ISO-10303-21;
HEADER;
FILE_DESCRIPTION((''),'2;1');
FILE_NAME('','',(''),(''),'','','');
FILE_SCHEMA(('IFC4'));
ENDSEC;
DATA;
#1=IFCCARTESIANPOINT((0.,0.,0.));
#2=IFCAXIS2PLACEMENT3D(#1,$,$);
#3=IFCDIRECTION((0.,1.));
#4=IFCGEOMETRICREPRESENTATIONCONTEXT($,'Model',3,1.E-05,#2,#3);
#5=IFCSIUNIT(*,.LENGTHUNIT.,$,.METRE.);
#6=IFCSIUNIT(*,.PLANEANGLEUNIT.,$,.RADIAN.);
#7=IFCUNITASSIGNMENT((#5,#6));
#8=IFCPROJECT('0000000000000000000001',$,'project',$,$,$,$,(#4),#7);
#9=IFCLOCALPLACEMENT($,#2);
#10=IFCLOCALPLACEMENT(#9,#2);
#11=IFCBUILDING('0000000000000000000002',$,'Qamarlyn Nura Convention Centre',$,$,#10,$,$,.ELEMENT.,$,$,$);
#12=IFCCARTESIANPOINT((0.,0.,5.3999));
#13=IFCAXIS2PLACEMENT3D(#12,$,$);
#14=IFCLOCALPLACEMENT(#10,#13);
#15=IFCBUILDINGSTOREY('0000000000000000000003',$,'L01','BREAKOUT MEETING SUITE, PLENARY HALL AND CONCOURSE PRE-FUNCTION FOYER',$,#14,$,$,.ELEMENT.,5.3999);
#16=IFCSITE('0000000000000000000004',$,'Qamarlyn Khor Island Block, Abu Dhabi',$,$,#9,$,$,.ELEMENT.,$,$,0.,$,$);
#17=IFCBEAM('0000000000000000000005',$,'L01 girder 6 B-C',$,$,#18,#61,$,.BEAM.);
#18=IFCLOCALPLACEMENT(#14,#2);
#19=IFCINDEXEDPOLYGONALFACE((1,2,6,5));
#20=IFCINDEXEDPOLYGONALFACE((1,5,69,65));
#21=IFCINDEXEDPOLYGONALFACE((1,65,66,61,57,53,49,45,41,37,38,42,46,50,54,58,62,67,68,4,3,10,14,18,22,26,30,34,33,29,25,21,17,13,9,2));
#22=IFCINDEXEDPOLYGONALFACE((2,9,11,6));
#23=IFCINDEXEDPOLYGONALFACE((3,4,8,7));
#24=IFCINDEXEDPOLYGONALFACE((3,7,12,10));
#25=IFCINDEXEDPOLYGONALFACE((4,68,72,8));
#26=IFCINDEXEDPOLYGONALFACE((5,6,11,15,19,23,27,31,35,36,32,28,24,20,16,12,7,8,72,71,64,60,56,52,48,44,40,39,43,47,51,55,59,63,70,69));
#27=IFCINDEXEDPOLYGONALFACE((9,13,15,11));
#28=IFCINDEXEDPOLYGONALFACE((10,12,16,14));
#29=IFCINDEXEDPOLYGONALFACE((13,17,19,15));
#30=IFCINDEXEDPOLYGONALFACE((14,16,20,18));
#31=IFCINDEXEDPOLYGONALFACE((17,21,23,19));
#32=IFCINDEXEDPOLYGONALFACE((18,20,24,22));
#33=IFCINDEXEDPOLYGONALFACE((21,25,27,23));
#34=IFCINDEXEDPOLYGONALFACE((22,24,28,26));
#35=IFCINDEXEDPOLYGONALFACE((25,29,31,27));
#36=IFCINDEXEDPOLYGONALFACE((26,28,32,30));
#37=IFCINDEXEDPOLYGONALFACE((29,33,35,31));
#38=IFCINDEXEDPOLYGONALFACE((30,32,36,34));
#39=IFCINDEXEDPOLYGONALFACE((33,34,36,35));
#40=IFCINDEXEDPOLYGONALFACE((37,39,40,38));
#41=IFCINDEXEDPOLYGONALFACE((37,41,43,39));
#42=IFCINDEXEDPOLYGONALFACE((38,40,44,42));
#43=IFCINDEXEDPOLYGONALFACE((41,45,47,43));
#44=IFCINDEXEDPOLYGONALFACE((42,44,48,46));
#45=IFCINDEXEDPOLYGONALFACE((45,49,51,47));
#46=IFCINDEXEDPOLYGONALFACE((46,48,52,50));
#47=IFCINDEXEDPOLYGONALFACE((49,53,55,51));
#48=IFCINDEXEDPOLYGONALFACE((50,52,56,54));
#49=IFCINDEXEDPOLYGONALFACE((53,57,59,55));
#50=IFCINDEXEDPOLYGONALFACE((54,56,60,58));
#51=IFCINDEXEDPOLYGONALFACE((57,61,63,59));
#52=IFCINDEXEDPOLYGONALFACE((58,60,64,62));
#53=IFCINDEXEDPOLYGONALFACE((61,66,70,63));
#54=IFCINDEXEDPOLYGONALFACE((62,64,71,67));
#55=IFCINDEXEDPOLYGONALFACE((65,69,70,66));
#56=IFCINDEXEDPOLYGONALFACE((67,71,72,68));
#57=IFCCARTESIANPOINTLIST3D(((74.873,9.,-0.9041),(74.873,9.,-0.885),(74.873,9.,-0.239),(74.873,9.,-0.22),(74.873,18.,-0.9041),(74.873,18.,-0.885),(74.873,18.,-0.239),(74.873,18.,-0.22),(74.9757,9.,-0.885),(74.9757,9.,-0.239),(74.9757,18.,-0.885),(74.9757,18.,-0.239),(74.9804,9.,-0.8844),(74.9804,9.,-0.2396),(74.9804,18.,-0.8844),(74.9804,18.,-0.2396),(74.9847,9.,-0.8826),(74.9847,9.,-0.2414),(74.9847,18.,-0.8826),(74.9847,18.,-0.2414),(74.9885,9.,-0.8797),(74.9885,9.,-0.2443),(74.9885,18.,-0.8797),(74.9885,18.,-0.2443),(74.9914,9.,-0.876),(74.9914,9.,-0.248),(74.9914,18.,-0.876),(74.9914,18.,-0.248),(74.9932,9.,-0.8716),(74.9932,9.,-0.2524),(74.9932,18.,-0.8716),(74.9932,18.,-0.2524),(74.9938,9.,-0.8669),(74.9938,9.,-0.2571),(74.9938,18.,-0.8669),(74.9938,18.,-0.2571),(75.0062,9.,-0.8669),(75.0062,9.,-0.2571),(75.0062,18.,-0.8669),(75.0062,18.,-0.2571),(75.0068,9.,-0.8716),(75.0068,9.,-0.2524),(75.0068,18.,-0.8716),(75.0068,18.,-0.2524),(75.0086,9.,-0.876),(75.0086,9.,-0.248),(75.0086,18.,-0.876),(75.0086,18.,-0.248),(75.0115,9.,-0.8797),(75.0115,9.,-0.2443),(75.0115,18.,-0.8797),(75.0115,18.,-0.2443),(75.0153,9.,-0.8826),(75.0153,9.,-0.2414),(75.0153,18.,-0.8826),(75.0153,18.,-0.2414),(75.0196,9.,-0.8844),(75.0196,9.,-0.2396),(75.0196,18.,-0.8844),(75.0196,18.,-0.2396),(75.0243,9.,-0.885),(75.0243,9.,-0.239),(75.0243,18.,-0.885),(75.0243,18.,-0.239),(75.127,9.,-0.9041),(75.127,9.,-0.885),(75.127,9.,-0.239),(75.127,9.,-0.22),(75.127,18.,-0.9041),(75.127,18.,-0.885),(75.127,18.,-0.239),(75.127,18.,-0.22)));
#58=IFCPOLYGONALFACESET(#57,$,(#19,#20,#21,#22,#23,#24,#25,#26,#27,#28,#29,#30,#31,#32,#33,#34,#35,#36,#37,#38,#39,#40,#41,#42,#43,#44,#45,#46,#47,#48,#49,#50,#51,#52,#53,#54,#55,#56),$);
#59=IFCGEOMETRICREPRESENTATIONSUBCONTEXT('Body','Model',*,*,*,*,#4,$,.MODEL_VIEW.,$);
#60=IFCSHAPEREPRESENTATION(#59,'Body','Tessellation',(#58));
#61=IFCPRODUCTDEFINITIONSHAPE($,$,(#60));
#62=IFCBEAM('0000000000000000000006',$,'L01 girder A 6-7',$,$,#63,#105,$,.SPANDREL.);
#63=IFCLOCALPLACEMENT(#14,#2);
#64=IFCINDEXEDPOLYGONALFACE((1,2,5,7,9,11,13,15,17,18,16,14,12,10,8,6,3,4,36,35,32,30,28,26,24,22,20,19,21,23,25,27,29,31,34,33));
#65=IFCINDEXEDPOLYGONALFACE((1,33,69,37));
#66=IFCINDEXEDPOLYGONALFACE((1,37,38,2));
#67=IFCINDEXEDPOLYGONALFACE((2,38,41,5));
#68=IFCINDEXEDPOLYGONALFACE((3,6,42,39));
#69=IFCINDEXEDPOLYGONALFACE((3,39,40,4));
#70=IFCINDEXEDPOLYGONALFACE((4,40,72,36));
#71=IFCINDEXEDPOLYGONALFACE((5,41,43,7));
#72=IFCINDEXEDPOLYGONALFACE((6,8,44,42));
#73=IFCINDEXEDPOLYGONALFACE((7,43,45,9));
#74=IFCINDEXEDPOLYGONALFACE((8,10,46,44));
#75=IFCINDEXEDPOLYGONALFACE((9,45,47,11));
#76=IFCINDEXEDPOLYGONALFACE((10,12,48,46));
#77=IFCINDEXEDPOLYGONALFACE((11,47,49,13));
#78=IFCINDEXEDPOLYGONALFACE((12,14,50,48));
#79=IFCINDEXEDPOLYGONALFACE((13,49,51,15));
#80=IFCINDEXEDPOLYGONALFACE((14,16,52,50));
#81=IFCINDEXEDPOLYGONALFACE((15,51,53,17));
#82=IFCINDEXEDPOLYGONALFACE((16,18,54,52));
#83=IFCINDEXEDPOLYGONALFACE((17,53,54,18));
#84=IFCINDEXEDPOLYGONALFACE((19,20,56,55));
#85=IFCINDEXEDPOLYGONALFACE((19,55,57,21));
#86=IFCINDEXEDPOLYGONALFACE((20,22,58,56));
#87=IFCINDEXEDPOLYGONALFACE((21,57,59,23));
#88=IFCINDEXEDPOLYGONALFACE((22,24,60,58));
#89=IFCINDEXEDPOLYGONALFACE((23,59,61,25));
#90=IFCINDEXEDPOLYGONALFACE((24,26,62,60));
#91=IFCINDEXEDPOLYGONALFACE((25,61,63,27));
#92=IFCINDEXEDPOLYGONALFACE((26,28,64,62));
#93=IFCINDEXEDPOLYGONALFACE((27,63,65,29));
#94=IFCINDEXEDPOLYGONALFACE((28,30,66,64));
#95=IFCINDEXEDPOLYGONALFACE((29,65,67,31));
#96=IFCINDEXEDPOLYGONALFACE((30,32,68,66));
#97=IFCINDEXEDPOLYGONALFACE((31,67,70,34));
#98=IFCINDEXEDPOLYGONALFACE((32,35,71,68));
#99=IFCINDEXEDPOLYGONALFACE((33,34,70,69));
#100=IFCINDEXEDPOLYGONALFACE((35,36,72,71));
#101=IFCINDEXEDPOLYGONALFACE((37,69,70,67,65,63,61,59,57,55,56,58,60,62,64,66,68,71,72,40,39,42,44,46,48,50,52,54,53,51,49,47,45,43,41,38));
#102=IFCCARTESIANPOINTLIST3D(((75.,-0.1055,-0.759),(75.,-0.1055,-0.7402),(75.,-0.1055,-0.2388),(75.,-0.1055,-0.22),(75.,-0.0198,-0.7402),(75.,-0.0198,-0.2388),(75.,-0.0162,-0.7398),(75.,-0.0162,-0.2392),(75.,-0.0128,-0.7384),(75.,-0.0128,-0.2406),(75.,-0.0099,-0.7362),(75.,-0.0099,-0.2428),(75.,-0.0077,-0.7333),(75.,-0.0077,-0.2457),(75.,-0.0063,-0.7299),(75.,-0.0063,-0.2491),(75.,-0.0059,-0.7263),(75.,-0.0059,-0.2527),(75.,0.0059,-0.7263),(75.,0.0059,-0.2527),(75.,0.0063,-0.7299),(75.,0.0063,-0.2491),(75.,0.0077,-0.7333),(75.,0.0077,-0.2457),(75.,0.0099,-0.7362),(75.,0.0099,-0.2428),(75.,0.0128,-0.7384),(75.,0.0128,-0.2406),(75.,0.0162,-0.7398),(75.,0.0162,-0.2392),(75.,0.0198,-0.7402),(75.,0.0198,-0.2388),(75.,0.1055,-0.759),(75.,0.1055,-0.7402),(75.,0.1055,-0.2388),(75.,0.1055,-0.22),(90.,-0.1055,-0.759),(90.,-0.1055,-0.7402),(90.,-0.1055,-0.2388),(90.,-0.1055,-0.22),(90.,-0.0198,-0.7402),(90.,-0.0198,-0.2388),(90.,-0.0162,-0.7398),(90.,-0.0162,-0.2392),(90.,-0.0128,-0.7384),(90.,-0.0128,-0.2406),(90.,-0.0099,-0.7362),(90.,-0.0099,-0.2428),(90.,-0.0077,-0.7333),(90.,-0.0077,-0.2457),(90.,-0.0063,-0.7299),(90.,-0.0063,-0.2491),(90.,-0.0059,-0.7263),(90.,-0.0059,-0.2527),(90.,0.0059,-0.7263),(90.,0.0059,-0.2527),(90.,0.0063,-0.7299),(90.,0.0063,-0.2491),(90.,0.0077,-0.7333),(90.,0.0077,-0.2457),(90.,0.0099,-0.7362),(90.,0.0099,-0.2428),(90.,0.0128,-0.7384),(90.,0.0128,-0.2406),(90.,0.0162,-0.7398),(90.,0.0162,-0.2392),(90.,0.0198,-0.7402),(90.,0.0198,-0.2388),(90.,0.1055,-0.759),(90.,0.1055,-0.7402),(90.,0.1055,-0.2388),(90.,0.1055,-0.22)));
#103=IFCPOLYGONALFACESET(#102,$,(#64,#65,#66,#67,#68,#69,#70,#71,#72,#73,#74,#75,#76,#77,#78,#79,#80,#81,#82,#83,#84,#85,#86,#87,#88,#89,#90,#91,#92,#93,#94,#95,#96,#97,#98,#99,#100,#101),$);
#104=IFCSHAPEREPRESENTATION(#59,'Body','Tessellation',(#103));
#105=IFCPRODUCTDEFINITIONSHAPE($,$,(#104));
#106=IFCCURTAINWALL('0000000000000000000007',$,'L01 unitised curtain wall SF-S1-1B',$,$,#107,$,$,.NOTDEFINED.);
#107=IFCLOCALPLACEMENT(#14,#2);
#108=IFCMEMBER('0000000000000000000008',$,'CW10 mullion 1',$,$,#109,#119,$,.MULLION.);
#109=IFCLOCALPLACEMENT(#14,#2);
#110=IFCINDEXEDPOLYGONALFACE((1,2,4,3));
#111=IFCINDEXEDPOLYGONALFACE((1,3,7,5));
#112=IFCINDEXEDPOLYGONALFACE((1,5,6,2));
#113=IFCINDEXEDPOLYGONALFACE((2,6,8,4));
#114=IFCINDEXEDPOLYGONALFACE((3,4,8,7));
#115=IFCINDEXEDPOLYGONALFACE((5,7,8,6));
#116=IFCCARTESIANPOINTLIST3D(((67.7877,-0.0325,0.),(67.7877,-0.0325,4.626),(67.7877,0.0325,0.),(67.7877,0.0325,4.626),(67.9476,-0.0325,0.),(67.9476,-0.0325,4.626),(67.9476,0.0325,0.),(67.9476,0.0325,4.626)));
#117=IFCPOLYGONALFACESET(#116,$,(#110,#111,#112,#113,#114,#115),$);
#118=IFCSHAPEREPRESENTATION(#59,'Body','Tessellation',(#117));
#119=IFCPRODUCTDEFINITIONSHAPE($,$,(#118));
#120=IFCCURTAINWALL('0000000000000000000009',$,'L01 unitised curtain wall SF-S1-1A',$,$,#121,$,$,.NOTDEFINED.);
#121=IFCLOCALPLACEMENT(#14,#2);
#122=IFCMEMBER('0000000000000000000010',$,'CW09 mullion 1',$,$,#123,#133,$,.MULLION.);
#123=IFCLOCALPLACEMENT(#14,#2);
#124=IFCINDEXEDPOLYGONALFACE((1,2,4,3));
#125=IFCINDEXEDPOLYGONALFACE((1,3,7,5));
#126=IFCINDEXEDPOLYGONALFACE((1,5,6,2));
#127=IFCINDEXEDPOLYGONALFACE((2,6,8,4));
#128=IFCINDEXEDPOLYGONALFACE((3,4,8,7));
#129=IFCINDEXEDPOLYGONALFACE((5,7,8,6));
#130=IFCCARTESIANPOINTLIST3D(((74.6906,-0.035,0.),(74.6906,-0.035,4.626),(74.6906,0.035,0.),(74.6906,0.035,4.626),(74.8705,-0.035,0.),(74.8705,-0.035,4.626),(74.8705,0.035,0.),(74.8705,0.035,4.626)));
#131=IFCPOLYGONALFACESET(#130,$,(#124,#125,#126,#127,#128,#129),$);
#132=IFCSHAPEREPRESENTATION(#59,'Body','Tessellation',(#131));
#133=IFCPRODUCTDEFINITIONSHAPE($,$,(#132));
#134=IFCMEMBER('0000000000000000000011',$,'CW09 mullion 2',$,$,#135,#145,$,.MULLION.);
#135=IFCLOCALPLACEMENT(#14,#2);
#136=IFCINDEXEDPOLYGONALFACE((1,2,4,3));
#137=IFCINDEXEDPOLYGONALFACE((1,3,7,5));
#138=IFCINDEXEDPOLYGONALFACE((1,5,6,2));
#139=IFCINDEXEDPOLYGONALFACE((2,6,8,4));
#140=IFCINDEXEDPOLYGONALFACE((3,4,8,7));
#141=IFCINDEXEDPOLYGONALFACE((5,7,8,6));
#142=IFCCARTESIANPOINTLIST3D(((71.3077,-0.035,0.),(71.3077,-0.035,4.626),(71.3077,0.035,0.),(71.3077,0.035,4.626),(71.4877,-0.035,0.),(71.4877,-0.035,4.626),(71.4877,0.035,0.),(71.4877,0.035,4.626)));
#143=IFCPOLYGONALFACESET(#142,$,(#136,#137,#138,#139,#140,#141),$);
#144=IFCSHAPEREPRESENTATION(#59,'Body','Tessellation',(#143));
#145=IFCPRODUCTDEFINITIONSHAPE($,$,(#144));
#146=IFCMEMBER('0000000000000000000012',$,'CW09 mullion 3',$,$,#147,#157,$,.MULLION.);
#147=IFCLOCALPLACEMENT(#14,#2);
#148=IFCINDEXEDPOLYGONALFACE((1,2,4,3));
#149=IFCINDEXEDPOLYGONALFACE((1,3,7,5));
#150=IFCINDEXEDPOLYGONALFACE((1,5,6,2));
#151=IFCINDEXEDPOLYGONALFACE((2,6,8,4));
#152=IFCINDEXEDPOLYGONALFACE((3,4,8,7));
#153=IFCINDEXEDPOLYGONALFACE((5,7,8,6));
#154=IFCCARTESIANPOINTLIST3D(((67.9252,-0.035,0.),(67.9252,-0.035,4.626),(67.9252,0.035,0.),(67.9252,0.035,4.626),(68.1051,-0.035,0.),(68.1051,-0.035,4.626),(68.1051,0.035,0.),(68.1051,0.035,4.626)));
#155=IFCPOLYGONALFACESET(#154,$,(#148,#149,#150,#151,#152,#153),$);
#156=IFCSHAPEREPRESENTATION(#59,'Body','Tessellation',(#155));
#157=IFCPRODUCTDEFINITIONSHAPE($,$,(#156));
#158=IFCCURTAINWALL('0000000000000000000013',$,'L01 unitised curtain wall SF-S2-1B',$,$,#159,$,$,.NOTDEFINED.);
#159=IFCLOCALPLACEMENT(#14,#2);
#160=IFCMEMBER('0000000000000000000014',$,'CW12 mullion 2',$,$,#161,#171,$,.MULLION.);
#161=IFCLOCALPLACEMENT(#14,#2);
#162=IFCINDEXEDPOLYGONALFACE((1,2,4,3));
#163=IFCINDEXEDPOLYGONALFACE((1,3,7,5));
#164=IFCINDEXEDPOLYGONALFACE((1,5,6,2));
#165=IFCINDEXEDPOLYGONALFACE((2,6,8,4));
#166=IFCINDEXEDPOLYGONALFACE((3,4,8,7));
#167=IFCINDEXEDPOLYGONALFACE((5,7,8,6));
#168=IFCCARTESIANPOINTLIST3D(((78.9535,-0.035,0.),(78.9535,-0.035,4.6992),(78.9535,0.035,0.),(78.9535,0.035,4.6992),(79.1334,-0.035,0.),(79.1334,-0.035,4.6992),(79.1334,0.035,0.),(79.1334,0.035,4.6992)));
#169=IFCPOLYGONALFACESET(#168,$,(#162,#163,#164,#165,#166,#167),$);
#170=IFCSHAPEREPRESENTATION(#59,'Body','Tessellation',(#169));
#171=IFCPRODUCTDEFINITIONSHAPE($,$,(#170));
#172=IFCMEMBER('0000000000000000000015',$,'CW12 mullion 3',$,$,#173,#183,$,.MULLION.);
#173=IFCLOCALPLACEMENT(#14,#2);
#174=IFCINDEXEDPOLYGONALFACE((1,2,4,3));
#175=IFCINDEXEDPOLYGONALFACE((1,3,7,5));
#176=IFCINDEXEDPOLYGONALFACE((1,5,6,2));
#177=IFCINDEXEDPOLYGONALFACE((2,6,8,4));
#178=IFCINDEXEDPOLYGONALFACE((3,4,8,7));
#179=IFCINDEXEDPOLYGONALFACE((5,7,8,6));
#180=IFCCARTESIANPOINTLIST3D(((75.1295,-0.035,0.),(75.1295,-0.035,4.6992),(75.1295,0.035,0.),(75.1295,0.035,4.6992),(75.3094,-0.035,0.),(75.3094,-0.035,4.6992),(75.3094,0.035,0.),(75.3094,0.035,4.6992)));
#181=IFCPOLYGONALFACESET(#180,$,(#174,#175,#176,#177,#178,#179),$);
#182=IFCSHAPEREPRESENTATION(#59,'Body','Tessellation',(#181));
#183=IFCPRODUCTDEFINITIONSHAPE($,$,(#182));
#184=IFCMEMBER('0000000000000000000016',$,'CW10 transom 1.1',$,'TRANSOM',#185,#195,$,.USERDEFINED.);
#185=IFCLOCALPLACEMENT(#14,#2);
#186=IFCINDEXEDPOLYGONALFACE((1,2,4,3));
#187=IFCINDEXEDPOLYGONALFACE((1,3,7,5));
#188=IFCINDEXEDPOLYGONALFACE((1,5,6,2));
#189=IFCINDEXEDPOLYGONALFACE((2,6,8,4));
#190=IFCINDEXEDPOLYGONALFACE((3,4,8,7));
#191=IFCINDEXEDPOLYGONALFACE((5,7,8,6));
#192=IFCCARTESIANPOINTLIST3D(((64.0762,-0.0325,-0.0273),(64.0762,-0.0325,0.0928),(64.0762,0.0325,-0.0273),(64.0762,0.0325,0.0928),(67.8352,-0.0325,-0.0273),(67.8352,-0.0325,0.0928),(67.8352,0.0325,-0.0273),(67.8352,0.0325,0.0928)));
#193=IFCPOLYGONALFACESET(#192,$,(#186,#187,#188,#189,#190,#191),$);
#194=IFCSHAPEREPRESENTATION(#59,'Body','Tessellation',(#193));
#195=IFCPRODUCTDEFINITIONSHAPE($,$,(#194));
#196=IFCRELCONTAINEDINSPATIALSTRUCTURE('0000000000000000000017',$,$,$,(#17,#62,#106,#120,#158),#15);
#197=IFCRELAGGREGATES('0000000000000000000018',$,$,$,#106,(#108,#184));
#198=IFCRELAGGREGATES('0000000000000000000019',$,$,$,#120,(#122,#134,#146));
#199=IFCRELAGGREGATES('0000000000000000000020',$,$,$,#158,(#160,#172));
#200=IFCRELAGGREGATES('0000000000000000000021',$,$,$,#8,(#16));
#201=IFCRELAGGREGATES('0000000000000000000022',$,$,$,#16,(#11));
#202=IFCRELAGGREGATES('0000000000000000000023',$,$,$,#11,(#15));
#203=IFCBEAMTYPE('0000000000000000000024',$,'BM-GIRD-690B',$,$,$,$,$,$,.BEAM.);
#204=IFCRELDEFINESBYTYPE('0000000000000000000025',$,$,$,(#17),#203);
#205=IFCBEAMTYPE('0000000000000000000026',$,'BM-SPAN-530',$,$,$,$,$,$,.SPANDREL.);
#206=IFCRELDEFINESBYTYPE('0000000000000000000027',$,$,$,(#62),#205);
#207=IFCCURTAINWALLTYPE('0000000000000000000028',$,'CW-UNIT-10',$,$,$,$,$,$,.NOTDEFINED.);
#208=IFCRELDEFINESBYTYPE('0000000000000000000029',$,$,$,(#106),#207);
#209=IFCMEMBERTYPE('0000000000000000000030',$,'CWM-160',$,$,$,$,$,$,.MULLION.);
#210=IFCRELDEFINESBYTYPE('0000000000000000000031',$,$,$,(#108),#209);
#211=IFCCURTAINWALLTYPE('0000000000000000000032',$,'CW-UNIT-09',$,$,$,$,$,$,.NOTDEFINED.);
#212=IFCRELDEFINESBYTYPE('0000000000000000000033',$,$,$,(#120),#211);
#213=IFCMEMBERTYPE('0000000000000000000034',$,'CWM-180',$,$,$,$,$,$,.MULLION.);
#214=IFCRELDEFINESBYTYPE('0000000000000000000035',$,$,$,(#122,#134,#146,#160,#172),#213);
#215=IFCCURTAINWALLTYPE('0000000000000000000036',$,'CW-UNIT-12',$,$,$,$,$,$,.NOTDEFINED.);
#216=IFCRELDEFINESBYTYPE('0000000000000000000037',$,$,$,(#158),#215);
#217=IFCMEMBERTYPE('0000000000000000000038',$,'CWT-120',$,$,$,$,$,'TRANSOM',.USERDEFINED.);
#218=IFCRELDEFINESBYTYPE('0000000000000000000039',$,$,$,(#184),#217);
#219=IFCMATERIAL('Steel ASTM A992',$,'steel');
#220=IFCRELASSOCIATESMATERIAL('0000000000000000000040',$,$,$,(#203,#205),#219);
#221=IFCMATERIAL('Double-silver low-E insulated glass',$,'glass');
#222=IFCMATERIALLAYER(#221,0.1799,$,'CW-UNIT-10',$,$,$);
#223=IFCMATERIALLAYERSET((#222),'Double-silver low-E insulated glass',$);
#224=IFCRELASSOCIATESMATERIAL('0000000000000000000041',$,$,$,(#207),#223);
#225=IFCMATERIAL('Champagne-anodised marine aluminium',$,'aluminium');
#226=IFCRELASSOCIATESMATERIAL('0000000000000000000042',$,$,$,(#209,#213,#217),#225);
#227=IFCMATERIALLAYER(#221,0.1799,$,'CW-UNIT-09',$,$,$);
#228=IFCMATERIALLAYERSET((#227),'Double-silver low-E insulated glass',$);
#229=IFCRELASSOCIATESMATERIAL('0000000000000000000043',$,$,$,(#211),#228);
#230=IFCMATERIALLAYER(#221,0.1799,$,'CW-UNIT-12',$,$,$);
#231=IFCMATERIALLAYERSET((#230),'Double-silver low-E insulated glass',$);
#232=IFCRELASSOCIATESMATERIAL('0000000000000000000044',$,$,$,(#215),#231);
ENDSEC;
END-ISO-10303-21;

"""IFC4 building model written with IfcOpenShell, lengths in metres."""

from ifc_helpers import new_model, si_unit, direction, frame, origin, origin_2d, place, context, subcontext, project, spatial, rectangle, i_section, extrude, material, layer, layer_set, material_profile, profile_set, type_object, element, aggregate, save


model = new_model("IFC4")

# Units and contexts
model_context = context("Model", 3, precision=1e-05, world=origin(), true_north=direction((0.0, 1.0)))
body_context = subcontext(model_context, "Body", "Model", "MODEL_VIEW")
ifc_project = project(units=[si_unit("LENGTHUNIT", "METRE"), si_unit("PLANEANGLEUNIT", "RADIAN")], contexts=[model_context])

# Site, building, storey
site_placement = place(None, origin())
site = spatial("IfcSite", under=ifc_project, at=site_placement, Name="Qamarlyn Khor Island Block, Abu Dhabi", CompositionType="ELEMENT", RefElevation=0.0)
building_placement = place(site_placement, origin())
building = spatial("IfcBuilding", under=site, at=building_placement, Name="Qamarlyn Nura Convention Centre", CompositionType="ELEMENT")
storey_placement = place(building_placement, frame((0.0, 0.0, 5.3999)))
storey = spatial("IfcBuildingStorey", under=building, at=storey_placement, Name="L01", Description="BREAKOUT MEETING SUITE, PLENARY HALL AND CONCOURSE PRE-FUNCTION FOYER", CompositionType="ELEMENT", Elevation=5.3999)

# Shared definitions
ifc_material_1 = material(Name="Steel ASTM A992", Category="steel")

# Beams
ifc_material_profile_1 = material_profile(ifc_material_1, i_section(OverallWidth=0.2539, OverallDepth=0.6841, WebThickness=0.0125, FlangeThickness=0.019, FilletRadius=0.0181, at=origin_2d()), Name="W690X140")
ifc_profile_set_1 = profile_set([ifc_material_profile_1], Name="Steel ASTM A992")
beam_type_1 = type_object("IfcBeamType", Name="BM-GIRD-690B", PredefinedType="BEAM", material=ifc_profile_set_1)
beam_1_placement = place(storey_placement, frame((75.0, 9.0, -0.562), z_axis=(0.0, 1.0, 0.0), x_axis=(-1.0, 0.0, 0.0)))
element("IfcBeam", 1, at=beam_1_placement, inside=storey, type_object=beam_type_1, Name="L01 girder 6 B-C", PredefinedType="BEAM", context=body_context, shape_type="SweptSolid", body=[
    extrude(i_section(OverallWidth=0.2539, OverallDepth=0.6841, WebThickness=0.0125, FlangeThickness=0.019, FilletRadius=0.0181, at=origin_2d()), origin(), (0.0, 0.0, 1.0), 9.0),
])
ifc_material_profile_2 = material_profile(ifc_material_1, i_section(OverallWidth=0.2109, OverallDepth=0.5391, WebThickness=0.0117, FlangeThickness=0.0188, FilletRadius=0.0139, at=origin_2d()), Name="W530X109")
ifc_profile_set_2 = profile_set([ifc_material_profile_2], Name="Steel ASTM A992")
beam_type_2 = type_object("IfcBeamType", Name="BM-SPAN-530", PredefinedType="SPANDREL", material=ifc_profile_set_2)
beam_2_placement = place(storey_placement, frame((75.0, 0.0, -0.4895), z_axis=(1.0, 0.0, 0.0), x_axis=(0.0, 1.0, 0.0)))
element("IfcBeam", 2, at=beam_2_placement, inside=storey, type_object=beam_type_2, Name="L01 girder A 6-7", PredefinedType="SPANDREL", context=body_context, shape_type="SweptSolid", body=[
    extrude(i_section(OverallWidth=0.2109, OverallDepth=0.5391, WebThickness=0.0117, FlangeThickness=0.0188, FilletRadius=0.0139, at=origin_2d()), origin(), (0.0, 0.0, 1.0), 15.0),
])

# Curtain wall, member
ifc_material_2 = material(Name="Double-silver low-E insulated glass", Category="glass")
ifc_layer_1 = layer(ifc_material_2, 0.1799, Name="CW-UNIT-10")
ifc_layer_set_1 = layer_set([ifc_layer_1], Name="Double-silver low-E insulated glass")
curtain_wall_type_1 = type_object("IfcCurtainWallType", Name="CW-UNIT-10", PredefinedType="NOTDEFINED", material=ifc_layer_set_1)
curtain_wall_1_placement = place(storey_placement, origin())
curtain_wall_1 = element("IfcCurtainWall", 3, at=curtain_wall_1_placement, inside=storey, type_object=curtain_wall_type_1, Name="L01 unitised curtain wall SF-S1-1B", PredefinedType="NOTDEFINED")
ifc_material_3 = material(Name="Champagne-anodised marine aluminium", Category="aluminium")
ifc_material_profile_3 = material_profile(ifc_material_3, rectangle(XDim=0.0649, YDim=0.1599, at=origin_2d()), Name="ALU MULLION 65x160")
ifc_profile_set_3 = profile_set([ifc_material_profile_3], Name="Champagne-anodised marine aluminium")
member_type_1 = type_object("IfcMemberType", Name="CWM-160", PredefinedType="MULLION", material=ifc_profile_set_3)
member_1_placement = place(storey_placement, frame((67.8677, 0.0, 0.0), z_axis=(0.0, 0.0, 1.0), x_axis=(0.0, -1.0, 0.0)))
member_1 = element("IfcMember", 4, at=member_1_placement, type_object=member_type_1, Name="CW10 mullion 1", PredefinedType="MULLION", context=body_context, shape_type="SweptSolid", body=[
    extrude(rectangle(XDim=0.0649, YDim=0.1599, at=origin_2d()), origin(), (0.0, 0.0, 1.0), 4.626),
])

# Curtain walls, members
ifc_layer_2 = layer(ifc_material_2, 0.1799, Name="CW-UNIT-09")
ifc_layer_set_2 = layer_set([ifc_layer_2], Name="Double-silver low-E insulated glass")
curtain_wall_type_2 = type_object("IfcCurtainWallType", Name="CW-UNIT-09", PredefinedType="NOTDEFINED", material=ifc_layer_set_2)
curtain_wall_2_placement = place(storey_placement, origin())
curtain_wall_2 = element("IfcCurtainWall", 5, at=curtain_wall_2_placement, inside=storey, type_object=curtain_wall_type_2, Name="L01 unitised curtain wall SF-S1-1A", PredefinedType="NOTDEFINED")
ifc_material_profile_4 = material_profile(ifc_material_3, rectangle(XDim=0.0701, YDim=0.1799, at=origin_2d()), Name="ALU MULLION 70x180")
ifc_profile_set_4 = profile_set([ifc_material_profile_4], Name="Champagne-anodised marine aluminium")
member_type_2 = type_object("IfcMemberType", Name="CWM-180", PredefinedType="MULLION", material=ifc_profile_set_4)
member_2_placement = place(storey_placement, frame((74.7805, 0.0, 0.0), z_axis=(0.0, 0.0, 1.0), x_axis=(0.0, -1.0, 0.0)))
member_2 = element("IfcMember", 6, at=member_2_placement, type_object=member_type_2, Name="CW09 mullion 1", PredefinedType="MULLION", context=body_context, shape_type="SweptSolid", body=[
    extrude(rectangle(XDim=0.0701, YDim=0.1799, at=origin_2d()), origin(), (0.0, 0.0, 1.0), 4.626),
])
member_3_placement = place(storey_placement, frame((71.3977, 0.0, 0.0), z_axis=(0.0, 0.0, 1.0), x_axis=(0.0, -1.0, 0.0)))
member_3 = element("IfcMember", 7, at=member_3_placement, type_object=member_type_2, Name="CW09 mullion 2", PredefinedType="MULLION", context=body_context, shape_type="SweptSolid", body=[
    extrude(rectangle(XDim=0.0701, YDim=0.1799, at=origin_2d()), origin(), (0.0, 0.0, 1.0), 4.626),
])
member_4_placement = place(storey_placement, frame((68.0151, 0.0, 0.0), z_axis=(0.0, 0.0, 1.0), x_axis=(0.0, -1.0, 0.0)))
member_4 = element("IfcMember", 8, at=member_4_placement, type_object=member_type_2, Name="CW09 mullion 3", PredefinedType="MULLION", context=body_context, shape_type="SweptSolid", body=[
    extrude(rectangle(XDim=0.0701, YDim=0.1799, at=origin_2d()), origin(), (0.0, 0.0, 1.0), 4.626),
])
ifc_layer_3 = layer(ifc_material_2, 0.1799, Name="CW-UNIT-12")
ifc_layer_set_3 = layer_set([ifc_layer_3], Name="Double-silver low-E insulated glass")
curtain_wall_type_3 = type_object("IfcCurtainWallType", Name="CW-UNIT-12", PredefinedType="NOTDEFINED", material=ifc_layer_set_3)
curtain_wall_3_placement = place(storey_placement, origin())
curtain_wall_3 = element("IfcCurtainWall", 9, at=curtain_wall_3_placement, inside=storey, type_object=curtain_wall_type_3, Name="L01 unitised curtain wall SF-S2-1B", PredefinedType="NOTDEFINED")
member_5_placement = place(storey_placement, frame((79.0435, 0.0, 0.0), z_axis=(0.0, 0.0, 1.0), x_axis=(0.0, -1.0, 0.0)))
member_5 = element("IfcMember", 10, at=member_5_placement, type_object=member_type_2, Name="CW12 mullion 2", PredefinedType="MULLION", context=body_context, shape_type="SweptSolid", body=[
    extrude(rectangle(XDim=0.0701, YDim=0.1799, at=origin_2d()), origin(), (0.0, 0.0, 1.0), 4.6992),
])
member_6_placement = place(storey_placement, frame((75.2195, 0.0, 0.0), z_axis=(0.0, 0.0, 1.0), x_axis=(0.0, -1.0, 0.0)))
member_6 = element("IfcMember", 11, at=member_6_placement, type_object=member_type_2, Name="CW12 mullion 3", PredefinedType="MULLION", context=body_context, shape_type="SweptSolid", body=[
    extrude(rectangle(XDim=0.0701, YDim=0.1799, at=origin_2d()), origin(), (0.0, 0.0, 1.0), 4.6992),
])

# Member
ifc_material_profile_5 = material_profile(ifc_material_3, rectangle(XDim=0.0649, YDim=0.1201, at=origin_2d()), Name="ALU TRANSOM 65x120")
ifc_profile_set_5 = profile_set([ifc_material_profile_5], Name="Champagne-anodised marine aluminium")
member_type_3 = type_object("IfcMemberType", Name="CWT-120", ElementType="TRANSOM", PredefinedType="USERDEFINED", material=ifc_profile_set_5)
member_7_placement = place(storey_placement, frame((67.8352, 0.0, 0.0327), z_axis=(-1.0, 0.0, 0.0), x_axis=(0.0, -1.0, 0.0)))
member_7 = element("IfcMember", 12, at=member_7_placement, type_object=member_type_3, Name="CW10 transom 1.1", ObjectType="TRANSOM", PredefinedType="USERDEFINED", context=body_context, shape_type="SweptSolid", body=[
    extrude(rectangle(XDim=0.0649, YDim=0.1201, at=origin_2d()), origin(), (0.0, 0.0, 1.0), 3.759),
])
aggregate(curtain_wall_1, [member_1, member_7])

aggregate(curtain_wall_2, [member_2, member_3, member_4])
aggregate(curtain_wall_3, [member_5, member_6])

save(model, "model.ifc")
